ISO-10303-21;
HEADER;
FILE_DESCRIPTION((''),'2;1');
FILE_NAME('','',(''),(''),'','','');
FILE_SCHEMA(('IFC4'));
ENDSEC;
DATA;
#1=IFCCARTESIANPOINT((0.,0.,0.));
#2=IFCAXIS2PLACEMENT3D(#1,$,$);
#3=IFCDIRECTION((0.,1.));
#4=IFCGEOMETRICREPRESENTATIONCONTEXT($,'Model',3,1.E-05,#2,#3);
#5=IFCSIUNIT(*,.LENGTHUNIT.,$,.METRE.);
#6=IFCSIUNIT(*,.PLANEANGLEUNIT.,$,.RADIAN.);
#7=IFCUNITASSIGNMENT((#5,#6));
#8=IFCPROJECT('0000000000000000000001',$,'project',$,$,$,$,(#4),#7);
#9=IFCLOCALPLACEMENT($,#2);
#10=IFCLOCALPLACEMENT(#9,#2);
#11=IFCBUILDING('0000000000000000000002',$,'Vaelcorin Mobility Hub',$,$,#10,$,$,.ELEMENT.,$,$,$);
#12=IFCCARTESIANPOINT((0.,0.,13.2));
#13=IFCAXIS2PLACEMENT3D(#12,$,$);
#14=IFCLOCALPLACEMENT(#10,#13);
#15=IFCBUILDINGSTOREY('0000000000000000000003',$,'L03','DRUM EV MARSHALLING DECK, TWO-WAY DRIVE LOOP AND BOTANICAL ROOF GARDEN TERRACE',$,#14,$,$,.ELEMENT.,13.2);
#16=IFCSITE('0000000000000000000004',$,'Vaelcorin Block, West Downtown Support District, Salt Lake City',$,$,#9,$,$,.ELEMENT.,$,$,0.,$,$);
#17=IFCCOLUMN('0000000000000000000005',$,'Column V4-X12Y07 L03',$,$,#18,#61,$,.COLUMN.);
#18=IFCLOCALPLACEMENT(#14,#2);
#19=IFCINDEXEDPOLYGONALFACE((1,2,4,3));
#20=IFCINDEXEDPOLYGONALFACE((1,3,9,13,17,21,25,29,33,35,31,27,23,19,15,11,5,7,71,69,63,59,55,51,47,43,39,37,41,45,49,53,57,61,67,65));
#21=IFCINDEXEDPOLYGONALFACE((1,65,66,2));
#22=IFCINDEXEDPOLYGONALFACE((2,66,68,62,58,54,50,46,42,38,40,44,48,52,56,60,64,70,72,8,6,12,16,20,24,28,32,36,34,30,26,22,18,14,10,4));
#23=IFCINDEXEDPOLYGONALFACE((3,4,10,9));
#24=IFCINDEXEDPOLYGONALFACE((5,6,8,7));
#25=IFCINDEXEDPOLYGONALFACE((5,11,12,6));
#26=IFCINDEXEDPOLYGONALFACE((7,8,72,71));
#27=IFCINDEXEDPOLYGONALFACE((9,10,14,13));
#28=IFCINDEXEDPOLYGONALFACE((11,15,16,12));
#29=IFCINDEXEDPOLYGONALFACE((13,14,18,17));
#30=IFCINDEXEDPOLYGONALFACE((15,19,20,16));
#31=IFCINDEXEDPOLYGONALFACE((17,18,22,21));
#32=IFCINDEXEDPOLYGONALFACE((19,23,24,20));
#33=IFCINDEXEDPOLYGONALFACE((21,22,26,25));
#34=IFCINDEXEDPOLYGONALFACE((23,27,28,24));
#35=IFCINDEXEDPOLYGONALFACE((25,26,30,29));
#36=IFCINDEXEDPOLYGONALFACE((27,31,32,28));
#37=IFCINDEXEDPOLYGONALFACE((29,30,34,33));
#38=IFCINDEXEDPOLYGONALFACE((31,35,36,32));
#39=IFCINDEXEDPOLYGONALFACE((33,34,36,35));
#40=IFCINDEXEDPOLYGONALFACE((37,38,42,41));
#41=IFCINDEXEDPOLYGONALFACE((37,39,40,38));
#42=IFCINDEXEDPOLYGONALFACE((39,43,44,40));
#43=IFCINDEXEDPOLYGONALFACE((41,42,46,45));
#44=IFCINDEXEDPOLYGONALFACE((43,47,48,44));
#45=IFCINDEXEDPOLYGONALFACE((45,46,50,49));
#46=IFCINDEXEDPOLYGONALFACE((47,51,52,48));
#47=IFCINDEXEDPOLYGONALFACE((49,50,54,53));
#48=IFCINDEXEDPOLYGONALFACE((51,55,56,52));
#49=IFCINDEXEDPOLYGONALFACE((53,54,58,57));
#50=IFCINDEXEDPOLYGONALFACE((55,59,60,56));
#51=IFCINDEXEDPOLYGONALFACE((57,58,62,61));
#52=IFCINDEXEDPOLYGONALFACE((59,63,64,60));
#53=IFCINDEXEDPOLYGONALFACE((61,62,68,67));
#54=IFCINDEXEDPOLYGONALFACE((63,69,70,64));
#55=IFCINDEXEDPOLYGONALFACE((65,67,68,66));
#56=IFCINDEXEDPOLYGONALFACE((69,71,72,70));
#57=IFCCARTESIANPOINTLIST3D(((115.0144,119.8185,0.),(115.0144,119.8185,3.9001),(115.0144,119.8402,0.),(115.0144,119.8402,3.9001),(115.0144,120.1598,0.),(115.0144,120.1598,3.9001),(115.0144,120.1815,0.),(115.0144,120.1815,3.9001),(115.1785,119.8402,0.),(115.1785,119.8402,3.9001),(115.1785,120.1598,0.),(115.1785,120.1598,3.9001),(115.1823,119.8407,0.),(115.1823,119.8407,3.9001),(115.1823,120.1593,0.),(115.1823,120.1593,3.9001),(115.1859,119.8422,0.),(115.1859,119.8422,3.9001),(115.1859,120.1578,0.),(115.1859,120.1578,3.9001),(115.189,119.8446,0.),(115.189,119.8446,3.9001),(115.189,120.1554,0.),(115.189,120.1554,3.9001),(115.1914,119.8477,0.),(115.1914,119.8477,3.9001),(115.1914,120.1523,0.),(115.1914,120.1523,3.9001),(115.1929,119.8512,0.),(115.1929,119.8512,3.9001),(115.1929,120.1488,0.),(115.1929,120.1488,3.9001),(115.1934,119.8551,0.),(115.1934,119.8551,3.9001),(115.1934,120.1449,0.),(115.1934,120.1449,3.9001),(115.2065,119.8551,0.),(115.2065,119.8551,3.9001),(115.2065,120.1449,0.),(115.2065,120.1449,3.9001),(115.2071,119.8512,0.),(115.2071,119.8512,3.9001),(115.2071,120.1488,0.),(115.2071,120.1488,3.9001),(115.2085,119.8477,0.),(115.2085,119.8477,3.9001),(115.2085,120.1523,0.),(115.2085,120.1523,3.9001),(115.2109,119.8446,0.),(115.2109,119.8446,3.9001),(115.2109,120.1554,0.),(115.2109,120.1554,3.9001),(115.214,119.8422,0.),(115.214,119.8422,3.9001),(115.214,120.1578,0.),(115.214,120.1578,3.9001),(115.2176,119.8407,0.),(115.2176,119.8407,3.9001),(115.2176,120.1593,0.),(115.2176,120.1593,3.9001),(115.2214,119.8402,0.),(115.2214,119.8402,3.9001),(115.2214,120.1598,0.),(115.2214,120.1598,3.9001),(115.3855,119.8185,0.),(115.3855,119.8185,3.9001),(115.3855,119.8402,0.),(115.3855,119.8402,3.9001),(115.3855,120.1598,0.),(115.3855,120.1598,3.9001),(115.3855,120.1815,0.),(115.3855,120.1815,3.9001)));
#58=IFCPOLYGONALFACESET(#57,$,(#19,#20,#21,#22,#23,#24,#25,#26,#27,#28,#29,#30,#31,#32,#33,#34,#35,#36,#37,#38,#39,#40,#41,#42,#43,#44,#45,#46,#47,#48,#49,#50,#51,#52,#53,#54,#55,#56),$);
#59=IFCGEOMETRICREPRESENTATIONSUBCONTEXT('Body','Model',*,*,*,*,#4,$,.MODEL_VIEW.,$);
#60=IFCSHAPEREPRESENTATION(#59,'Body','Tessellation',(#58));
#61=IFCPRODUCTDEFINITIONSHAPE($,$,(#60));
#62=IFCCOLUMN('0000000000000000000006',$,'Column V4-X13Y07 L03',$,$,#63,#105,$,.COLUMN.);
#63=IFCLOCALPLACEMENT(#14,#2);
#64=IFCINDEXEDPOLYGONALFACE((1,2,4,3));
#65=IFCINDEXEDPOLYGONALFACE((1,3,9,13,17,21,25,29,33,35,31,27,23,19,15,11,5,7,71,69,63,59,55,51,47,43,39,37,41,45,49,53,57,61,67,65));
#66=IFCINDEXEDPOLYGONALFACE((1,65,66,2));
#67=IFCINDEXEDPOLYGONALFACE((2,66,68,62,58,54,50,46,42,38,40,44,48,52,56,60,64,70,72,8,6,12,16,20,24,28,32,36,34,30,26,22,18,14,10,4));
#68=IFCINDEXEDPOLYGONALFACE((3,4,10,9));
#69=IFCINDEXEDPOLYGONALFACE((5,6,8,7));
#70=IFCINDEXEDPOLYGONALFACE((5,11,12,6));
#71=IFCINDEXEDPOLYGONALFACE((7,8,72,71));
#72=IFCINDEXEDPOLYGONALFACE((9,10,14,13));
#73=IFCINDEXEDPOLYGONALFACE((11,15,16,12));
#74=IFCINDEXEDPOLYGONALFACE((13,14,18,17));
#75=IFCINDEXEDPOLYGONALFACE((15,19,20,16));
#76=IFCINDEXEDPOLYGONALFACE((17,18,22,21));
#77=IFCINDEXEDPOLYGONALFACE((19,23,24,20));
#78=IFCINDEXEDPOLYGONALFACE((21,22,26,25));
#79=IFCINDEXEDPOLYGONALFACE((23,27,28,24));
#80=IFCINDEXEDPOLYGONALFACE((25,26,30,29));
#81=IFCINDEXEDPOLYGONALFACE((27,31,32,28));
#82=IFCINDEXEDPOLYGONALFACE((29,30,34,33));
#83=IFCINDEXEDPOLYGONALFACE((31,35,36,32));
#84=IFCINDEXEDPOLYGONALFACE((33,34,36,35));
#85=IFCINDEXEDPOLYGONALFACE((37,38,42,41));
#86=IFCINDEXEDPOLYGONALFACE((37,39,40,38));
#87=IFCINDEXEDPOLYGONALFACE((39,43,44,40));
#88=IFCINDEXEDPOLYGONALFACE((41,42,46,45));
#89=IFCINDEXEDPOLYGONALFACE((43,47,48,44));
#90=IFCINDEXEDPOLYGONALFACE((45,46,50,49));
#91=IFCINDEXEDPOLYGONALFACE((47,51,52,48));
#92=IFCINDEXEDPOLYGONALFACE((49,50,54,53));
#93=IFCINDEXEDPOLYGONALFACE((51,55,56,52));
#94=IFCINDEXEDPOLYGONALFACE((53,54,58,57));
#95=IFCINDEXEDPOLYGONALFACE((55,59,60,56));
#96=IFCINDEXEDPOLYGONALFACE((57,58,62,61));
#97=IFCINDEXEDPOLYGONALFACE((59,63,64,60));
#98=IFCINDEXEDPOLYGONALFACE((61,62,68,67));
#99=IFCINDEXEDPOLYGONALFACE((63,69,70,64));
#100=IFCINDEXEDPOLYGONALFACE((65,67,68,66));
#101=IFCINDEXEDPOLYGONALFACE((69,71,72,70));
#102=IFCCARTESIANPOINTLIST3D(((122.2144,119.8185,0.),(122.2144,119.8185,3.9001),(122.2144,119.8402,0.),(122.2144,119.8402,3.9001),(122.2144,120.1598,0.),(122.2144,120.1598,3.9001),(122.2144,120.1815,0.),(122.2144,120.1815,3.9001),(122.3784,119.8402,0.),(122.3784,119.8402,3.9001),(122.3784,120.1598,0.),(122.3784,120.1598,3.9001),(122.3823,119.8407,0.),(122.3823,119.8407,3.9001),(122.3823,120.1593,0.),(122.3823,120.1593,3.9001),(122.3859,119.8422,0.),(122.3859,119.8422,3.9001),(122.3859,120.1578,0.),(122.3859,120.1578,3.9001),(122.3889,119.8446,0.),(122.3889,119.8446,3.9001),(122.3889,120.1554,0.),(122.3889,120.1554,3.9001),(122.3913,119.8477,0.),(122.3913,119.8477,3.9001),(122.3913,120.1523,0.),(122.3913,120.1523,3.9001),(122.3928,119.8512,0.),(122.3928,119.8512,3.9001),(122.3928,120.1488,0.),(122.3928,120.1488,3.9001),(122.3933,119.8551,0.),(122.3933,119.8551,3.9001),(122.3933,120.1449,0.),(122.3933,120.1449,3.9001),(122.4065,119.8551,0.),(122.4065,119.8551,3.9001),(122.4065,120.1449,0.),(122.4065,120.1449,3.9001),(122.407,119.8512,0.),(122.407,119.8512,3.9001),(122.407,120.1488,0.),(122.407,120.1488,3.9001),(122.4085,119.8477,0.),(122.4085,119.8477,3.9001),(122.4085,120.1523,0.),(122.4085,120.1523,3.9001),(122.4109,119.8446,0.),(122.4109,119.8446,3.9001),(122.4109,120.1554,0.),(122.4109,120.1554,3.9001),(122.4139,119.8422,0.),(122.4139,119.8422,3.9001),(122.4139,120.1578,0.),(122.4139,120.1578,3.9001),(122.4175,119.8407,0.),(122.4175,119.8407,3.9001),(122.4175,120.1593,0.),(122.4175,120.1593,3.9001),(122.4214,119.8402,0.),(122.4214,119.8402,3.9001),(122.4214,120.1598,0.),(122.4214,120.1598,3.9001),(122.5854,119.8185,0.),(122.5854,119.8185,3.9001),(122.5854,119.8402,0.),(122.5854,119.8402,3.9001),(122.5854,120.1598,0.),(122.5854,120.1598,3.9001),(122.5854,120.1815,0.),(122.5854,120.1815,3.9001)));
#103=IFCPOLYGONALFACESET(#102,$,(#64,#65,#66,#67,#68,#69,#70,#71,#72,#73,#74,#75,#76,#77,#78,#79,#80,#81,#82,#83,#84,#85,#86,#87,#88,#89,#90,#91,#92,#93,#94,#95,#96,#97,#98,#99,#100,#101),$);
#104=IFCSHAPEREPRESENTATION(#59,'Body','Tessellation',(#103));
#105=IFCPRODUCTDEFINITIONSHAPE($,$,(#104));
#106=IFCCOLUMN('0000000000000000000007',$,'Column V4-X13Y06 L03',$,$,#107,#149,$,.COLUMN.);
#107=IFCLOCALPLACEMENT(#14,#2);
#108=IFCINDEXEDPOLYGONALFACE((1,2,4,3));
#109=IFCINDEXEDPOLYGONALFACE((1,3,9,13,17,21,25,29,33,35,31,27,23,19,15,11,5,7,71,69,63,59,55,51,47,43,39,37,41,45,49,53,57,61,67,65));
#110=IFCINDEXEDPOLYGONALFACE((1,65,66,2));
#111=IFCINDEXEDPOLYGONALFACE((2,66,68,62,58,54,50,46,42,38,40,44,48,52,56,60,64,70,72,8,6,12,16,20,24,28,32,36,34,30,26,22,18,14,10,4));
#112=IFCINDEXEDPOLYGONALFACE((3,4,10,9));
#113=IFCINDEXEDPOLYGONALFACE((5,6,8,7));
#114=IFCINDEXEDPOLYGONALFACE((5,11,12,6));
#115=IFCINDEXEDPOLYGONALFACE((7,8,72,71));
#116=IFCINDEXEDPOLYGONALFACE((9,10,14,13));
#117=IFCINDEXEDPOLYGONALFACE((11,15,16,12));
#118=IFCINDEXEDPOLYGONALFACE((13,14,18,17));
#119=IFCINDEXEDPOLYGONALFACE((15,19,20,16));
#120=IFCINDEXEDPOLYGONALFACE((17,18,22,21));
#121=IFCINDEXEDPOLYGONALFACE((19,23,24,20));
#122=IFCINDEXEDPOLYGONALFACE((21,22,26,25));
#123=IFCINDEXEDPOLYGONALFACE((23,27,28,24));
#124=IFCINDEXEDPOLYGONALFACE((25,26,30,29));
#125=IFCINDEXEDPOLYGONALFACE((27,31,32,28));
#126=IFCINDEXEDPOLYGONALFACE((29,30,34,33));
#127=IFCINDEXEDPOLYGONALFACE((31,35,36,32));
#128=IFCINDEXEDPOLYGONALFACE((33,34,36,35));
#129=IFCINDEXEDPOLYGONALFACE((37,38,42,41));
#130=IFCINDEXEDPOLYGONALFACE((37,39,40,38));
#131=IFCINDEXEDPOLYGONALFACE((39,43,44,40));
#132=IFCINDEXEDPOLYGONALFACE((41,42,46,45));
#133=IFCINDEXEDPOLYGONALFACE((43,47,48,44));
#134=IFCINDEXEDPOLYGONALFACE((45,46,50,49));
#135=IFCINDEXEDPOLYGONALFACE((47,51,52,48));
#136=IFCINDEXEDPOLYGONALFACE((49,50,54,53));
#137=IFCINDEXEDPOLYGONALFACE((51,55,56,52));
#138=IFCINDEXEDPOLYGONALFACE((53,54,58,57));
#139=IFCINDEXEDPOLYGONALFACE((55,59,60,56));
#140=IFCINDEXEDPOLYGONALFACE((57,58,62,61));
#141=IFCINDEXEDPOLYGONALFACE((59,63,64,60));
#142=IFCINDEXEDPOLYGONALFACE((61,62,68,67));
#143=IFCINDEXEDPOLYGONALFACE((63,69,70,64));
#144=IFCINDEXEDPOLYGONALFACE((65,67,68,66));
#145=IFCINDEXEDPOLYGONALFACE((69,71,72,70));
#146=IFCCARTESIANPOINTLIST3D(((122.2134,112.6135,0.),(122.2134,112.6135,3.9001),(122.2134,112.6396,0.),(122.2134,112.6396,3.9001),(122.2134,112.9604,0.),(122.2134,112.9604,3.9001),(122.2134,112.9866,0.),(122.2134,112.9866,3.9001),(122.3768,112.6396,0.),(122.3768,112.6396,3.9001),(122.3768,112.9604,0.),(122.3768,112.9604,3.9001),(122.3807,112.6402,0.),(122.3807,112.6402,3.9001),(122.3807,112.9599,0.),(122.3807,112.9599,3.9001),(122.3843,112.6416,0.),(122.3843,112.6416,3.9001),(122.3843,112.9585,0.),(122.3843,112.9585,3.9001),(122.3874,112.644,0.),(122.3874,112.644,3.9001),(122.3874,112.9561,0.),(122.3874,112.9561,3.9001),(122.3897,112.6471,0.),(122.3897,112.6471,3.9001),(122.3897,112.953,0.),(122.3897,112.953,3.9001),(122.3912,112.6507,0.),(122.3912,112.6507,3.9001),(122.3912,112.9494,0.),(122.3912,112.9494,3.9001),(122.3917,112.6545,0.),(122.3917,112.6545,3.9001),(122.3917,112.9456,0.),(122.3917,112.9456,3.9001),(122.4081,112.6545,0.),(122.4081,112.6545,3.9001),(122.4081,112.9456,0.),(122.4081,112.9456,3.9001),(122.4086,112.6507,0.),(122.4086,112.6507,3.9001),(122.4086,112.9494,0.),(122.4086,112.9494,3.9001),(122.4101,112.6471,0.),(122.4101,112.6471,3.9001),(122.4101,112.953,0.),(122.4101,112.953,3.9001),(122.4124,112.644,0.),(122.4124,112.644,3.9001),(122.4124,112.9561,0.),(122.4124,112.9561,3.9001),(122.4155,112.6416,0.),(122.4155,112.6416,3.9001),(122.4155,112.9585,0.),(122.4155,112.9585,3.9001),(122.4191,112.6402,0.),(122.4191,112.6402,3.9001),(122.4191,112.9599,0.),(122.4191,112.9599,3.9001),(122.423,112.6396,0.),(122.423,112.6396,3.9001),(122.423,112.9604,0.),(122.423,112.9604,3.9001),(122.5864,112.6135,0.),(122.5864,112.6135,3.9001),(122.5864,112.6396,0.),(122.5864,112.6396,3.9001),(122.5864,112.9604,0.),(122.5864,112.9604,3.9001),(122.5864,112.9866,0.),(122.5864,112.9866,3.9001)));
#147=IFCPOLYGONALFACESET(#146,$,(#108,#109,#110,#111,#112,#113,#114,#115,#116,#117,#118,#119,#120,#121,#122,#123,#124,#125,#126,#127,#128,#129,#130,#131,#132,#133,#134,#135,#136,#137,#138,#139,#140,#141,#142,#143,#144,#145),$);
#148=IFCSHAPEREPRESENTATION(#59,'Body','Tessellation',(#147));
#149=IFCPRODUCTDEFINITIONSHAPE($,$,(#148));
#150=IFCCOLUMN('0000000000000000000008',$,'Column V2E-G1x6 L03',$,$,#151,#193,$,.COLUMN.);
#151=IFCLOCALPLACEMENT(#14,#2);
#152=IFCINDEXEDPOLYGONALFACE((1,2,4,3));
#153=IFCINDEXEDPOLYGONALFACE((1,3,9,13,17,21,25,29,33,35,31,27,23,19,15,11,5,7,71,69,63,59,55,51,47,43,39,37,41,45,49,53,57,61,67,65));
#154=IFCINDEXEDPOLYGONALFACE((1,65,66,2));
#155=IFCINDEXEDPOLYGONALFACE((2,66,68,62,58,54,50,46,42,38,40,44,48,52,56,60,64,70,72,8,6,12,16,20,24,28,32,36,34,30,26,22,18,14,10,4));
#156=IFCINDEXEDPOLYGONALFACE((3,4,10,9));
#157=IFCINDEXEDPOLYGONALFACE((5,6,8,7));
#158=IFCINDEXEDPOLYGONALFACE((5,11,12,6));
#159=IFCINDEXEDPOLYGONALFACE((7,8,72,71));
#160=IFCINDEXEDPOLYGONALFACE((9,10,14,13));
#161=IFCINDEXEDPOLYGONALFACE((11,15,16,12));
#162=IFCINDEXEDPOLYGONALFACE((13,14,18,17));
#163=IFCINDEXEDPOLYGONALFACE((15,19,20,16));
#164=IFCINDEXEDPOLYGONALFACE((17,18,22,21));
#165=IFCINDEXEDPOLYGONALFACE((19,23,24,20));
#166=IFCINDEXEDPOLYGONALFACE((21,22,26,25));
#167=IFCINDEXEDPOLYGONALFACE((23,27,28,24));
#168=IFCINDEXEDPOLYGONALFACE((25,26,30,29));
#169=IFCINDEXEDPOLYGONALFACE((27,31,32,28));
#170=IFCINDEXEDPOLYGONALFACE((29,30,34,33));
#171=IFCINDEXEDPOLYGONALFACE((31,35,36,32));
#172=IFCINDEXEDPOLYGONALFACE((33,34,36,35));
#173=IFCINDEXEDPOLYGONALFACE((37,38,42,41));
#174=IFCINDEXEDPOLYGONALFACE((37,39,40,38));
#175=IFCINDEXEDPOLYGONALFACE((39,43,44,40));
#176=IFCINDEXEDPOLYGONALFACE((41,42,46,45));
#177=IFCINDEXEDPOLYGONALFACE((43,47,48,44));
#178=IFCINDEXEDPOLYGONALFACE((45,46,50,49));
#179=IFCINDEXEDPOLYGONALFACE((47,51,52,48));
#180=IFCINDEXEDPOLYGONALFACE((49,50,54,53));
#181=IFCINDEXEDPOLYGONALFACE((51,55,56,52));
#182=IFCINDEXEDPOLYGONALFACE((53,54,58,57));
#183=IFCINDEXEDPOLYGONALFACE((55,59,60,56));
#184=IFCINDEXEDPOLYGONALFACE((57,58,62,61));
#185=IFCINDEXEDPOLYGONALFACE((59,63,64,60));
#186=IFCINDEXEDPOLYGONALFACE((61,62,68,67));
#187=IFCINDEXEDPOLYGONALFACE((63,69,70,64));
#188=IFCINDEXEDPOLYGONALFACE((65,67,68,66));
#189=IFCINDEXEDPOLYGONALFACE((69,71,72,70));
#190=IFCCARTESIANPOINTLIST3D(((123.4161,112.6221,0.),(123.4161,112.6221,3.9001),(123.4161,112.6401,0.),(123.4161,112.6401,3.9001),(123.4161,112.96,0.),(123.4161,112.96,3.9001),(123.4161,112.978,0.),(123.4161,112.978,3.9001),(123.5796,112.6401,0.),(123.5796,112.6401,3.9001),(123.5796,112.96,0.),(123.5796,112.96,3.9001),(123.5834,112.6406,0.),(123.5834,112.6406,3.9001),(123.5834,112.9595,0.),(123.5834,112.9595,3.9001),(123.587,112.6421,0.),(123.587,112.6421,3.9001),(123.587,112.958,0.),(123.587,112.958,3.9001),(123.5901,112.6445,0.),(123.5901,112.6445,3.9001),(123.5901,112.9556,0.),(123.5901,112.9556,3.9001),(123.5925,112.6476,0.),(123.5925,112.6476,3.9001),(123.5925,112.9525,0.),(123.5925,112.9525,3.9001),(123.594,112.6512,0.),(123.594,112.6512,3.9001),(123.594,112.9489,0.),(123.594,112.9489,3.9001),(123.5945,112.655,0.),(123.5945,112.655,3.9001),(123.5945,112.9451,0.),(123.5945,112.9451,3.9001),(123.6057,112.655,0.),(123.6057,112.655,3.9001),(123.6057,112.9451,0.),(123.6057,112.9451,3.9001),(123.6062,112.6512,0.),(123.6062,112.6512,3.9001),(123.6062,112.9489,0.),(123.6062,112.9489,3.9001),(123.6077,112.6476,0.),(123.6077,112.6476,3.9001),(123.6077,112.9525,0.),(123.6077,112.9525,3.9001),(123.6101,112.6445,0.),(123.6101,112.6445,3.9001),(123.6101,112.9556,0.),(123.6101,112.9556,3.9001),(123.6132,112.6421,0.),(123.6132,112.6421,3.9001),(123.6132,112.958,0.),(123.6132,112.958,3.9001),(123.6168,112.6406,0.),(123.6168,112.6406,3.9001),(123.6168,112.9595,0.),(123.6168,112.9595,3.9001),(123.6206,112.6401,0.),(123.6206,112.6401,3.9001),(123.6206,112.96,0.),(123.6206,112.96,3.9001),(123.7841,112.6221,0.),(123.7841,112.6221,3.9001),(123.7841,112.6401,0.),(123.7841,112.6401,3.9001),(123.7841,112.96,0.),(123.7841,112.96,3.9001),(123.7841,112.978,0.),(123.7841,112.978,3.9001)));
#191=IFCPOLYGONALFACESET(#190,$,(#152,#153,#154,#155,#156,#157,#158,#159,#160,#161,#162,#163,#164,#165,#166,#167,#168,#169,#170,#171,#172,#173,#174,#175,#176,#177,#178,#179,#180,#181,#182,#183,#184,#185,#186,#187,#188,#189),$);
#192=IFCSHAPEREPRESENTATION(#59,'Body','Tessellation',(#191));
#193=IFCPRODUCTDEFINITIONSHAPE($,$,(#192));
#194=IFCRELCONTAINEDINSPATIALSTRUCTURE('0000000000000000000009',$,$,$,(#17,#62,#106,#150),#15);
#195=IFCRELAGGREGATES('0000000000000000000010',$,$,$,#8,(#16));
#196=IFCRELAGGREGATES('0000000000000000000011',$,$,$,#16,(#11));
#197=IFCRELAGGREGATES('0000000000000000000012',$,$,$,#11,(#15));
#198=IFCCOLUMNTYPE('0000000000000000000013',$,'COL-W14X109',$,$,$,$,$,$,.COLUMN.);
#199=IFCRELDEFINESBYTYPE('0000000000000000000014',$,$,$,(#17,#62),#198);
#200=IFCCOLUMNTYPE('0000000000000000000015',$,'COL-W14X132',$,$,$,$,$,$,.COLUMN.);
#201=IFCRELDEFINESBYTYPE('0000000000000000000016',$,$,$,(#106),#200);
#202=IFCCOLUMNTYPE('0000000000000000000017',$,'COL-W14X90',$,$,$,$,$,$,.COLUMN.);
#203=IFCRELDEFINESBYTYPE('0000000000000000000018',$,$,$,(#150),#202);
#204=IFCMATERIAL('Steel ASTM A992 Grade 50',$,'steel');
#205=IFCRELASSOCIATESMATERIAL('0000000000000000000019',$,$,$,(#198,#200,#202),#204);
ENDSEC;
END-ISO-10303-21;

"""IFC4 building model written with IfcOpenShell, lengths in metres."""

from ifc_helpers import new_model, si_unit, direction, frame, origin, origin_2d, place, context, subcontext, project, spatial, i_section, extrude, material, material_profile, profile_set, type_object, element, save


model = new_model("IFC4")

# Units and contexts
model_context = context("Model", 3, precision=1e-05, world=origin(), true_north=direction((0.0, 1.0)))
body_context = subcontext(model_context, "Body", "Model", "MODEL_VIEW")
ifc_project = project(units=[si_unit("LENGTHUNIT", "METRE"), si_unit("PLANEANGLEUNIT", "RADIAN")], contexts=[model_context])

# Site, building, storey
site_placement = place(None, origin())
site = spatial("IfcSite", under=ifc_project, at=site_placement, Name="Vaelcorin Block, West Downtown Support District, Salt Lake City", CompositionType="ELEMENT", RefElevation=0.0)
building_placement = place(site_placement, origin())
building = spatial("IfcBuilding", under=site, at=building_placement, Name="Vaelcorin Mobility Hub", CompositionType="ELEMENT")
storey_placement = place(building_placement, frame((0.0, 0.0, 13.2)))
storey = spatial("IfcBuildingStorey", under=building, at=storey_placement, Name="L03", Description="DRUM EV MARSHALLING DECK, TWO-WAY DRIVE LOOP AND BOTANICAL ROOF GARDEN TERRACE", CompositionType="ELEMENT", Elevation=13.2)

# Columns
ifc_material_1 = material(Name="Steel ASTM A992 Grade 50", Category="steel")
ifc_material_profile_1 = material_profile(ifc_material_1, i_section(OverallWidth=0.3711, OverallDepth=0.363, WebThickness=0.0132, FlangeThickness=0.0217, FilletRadius=0.0149, at=origin_2d()), Name="W14X109")
ifc_profile_set_1 = profile_set([ifc_material_profile_1], Name="Steel ASTM A992 Grade 50")
column_type_1 = type_object("IfcColumnType", Name="COL-W14X109", PredefinedType="COLUMN", material=ifc_profile_set_1)
for number, where, z_axis, x_axis, name in (
    (1, (115.2, 120.0, 0.0), (0.0, 0.0, 1.0), (1.0, 0.0, 0.0), "Column V4-X12Y07 L03"),
    (2, (122.3999, 120.0, 0.0), (0.0, 0.0, 1.0), (1.0, 0.0, 0.0), "Column V4-X13Y07 L03"),
):
    element("IfcColumn", number, at=place(storey_placement, frame(where, z_axis=z_axis, x_axis=x_axis)), inside=storey, type_object=column_type_1, Name=name, PredefinedType="COLUMN", context=body_context, shape_type="SweptSolid", body=[
        extrude(i_section(OverallWidth=0.3711, OverallDepth=0.363, WebThickness=0.0132, FlangeThickness=0.0217, FilletRadius=0.0149, at=origin_2d()), origin(), (0.0, 0.0, 1.0), 3.9001),
    ])
ifc_material_profile_2 = material_profile(ifc_material_1, i_section(OverallWidth=0.373, OverallDepth=0.373, WebThickness=0.0164, FlangeThickness=0.0261, FilletRadius=0.0149, at=origin_2d()), Name="W14X132")
ifc_profile_set_2 = profile_set([ifc_material_profile_2], Name="Steel ASTM A992 Grade 50")
column_type_2 = type_object("IfcColumnType", Name="COL-W14X132", PredefinedType="COLUMN", material=ifc_profile_set_2)
column_placement = place(storey_placement, frame((122.3999, 112.8, 0.0), z_axis=(0.0, 0.0, 1.0), x_axis=(1.0, 0.0, 0.0)))
element("IfcColumn", 3, at=column_placement, inside=storey, type_object=column_type_2, Name="Column V4-X13Y06 L03", PredefinedType="COLUMN", context=body_context, shape_type="SweptSolid", body=[
    extrude(i_section(OverallWidth=0.373, OverallDepth=0.373, WebThickness=0.0164, FlangeThickness=0.0261, FilletRadius=0.0149, at=origin_2d()), origin(), (0.0, 0.0, 1.0), 3.9001),
])
ifc_material_profile_3 = material_profile(ifc_material_1, i_section(OverallWidth=0.3679, OverallDepth=0.356, WebThickness=0.0112, FlangeThickness=0.0181, FilletRadius=0.0149, at=origin_2d()), Name="W14X90")
ifc_profile_set_3 = profile_set([ifc_material_profile_3], Name="Steel ASTM A992 Grade 50")
column_type_3 = type_object("IfcColumnType", Name="COL-W14X90", PredefinedType="COLUMN", material=ifc_profile_set_3)
for number, where, z_axis, x_axis, name in (
    (4, (123.6001, 112.8, 0.0), (0.0, 0.0, 1.0), (1.0, 0.0, 0.0), "Column V2E-G1x6 L03"),
):
    element("IfcColumn", number, at=place(storey_placement, frame(where, z_axis=z_axis, x_axis=x_axis)), inside=storey, type_object=column_type_3, Name=name, PredefinedType="COLUMN", context=body_context, shape_type="SweptSolid", body=[
        extrude(i_section(OverallWidth=0.3679, OverallDepth=0.356, WebThickness=0.0112, FlangeThickness=0.0181, FilletRadius=0.0149, at=origin_2d()), origin(), (0.0, 0.0, 1.0), 3.9001),
    ])

save(model, "model.ifc")
